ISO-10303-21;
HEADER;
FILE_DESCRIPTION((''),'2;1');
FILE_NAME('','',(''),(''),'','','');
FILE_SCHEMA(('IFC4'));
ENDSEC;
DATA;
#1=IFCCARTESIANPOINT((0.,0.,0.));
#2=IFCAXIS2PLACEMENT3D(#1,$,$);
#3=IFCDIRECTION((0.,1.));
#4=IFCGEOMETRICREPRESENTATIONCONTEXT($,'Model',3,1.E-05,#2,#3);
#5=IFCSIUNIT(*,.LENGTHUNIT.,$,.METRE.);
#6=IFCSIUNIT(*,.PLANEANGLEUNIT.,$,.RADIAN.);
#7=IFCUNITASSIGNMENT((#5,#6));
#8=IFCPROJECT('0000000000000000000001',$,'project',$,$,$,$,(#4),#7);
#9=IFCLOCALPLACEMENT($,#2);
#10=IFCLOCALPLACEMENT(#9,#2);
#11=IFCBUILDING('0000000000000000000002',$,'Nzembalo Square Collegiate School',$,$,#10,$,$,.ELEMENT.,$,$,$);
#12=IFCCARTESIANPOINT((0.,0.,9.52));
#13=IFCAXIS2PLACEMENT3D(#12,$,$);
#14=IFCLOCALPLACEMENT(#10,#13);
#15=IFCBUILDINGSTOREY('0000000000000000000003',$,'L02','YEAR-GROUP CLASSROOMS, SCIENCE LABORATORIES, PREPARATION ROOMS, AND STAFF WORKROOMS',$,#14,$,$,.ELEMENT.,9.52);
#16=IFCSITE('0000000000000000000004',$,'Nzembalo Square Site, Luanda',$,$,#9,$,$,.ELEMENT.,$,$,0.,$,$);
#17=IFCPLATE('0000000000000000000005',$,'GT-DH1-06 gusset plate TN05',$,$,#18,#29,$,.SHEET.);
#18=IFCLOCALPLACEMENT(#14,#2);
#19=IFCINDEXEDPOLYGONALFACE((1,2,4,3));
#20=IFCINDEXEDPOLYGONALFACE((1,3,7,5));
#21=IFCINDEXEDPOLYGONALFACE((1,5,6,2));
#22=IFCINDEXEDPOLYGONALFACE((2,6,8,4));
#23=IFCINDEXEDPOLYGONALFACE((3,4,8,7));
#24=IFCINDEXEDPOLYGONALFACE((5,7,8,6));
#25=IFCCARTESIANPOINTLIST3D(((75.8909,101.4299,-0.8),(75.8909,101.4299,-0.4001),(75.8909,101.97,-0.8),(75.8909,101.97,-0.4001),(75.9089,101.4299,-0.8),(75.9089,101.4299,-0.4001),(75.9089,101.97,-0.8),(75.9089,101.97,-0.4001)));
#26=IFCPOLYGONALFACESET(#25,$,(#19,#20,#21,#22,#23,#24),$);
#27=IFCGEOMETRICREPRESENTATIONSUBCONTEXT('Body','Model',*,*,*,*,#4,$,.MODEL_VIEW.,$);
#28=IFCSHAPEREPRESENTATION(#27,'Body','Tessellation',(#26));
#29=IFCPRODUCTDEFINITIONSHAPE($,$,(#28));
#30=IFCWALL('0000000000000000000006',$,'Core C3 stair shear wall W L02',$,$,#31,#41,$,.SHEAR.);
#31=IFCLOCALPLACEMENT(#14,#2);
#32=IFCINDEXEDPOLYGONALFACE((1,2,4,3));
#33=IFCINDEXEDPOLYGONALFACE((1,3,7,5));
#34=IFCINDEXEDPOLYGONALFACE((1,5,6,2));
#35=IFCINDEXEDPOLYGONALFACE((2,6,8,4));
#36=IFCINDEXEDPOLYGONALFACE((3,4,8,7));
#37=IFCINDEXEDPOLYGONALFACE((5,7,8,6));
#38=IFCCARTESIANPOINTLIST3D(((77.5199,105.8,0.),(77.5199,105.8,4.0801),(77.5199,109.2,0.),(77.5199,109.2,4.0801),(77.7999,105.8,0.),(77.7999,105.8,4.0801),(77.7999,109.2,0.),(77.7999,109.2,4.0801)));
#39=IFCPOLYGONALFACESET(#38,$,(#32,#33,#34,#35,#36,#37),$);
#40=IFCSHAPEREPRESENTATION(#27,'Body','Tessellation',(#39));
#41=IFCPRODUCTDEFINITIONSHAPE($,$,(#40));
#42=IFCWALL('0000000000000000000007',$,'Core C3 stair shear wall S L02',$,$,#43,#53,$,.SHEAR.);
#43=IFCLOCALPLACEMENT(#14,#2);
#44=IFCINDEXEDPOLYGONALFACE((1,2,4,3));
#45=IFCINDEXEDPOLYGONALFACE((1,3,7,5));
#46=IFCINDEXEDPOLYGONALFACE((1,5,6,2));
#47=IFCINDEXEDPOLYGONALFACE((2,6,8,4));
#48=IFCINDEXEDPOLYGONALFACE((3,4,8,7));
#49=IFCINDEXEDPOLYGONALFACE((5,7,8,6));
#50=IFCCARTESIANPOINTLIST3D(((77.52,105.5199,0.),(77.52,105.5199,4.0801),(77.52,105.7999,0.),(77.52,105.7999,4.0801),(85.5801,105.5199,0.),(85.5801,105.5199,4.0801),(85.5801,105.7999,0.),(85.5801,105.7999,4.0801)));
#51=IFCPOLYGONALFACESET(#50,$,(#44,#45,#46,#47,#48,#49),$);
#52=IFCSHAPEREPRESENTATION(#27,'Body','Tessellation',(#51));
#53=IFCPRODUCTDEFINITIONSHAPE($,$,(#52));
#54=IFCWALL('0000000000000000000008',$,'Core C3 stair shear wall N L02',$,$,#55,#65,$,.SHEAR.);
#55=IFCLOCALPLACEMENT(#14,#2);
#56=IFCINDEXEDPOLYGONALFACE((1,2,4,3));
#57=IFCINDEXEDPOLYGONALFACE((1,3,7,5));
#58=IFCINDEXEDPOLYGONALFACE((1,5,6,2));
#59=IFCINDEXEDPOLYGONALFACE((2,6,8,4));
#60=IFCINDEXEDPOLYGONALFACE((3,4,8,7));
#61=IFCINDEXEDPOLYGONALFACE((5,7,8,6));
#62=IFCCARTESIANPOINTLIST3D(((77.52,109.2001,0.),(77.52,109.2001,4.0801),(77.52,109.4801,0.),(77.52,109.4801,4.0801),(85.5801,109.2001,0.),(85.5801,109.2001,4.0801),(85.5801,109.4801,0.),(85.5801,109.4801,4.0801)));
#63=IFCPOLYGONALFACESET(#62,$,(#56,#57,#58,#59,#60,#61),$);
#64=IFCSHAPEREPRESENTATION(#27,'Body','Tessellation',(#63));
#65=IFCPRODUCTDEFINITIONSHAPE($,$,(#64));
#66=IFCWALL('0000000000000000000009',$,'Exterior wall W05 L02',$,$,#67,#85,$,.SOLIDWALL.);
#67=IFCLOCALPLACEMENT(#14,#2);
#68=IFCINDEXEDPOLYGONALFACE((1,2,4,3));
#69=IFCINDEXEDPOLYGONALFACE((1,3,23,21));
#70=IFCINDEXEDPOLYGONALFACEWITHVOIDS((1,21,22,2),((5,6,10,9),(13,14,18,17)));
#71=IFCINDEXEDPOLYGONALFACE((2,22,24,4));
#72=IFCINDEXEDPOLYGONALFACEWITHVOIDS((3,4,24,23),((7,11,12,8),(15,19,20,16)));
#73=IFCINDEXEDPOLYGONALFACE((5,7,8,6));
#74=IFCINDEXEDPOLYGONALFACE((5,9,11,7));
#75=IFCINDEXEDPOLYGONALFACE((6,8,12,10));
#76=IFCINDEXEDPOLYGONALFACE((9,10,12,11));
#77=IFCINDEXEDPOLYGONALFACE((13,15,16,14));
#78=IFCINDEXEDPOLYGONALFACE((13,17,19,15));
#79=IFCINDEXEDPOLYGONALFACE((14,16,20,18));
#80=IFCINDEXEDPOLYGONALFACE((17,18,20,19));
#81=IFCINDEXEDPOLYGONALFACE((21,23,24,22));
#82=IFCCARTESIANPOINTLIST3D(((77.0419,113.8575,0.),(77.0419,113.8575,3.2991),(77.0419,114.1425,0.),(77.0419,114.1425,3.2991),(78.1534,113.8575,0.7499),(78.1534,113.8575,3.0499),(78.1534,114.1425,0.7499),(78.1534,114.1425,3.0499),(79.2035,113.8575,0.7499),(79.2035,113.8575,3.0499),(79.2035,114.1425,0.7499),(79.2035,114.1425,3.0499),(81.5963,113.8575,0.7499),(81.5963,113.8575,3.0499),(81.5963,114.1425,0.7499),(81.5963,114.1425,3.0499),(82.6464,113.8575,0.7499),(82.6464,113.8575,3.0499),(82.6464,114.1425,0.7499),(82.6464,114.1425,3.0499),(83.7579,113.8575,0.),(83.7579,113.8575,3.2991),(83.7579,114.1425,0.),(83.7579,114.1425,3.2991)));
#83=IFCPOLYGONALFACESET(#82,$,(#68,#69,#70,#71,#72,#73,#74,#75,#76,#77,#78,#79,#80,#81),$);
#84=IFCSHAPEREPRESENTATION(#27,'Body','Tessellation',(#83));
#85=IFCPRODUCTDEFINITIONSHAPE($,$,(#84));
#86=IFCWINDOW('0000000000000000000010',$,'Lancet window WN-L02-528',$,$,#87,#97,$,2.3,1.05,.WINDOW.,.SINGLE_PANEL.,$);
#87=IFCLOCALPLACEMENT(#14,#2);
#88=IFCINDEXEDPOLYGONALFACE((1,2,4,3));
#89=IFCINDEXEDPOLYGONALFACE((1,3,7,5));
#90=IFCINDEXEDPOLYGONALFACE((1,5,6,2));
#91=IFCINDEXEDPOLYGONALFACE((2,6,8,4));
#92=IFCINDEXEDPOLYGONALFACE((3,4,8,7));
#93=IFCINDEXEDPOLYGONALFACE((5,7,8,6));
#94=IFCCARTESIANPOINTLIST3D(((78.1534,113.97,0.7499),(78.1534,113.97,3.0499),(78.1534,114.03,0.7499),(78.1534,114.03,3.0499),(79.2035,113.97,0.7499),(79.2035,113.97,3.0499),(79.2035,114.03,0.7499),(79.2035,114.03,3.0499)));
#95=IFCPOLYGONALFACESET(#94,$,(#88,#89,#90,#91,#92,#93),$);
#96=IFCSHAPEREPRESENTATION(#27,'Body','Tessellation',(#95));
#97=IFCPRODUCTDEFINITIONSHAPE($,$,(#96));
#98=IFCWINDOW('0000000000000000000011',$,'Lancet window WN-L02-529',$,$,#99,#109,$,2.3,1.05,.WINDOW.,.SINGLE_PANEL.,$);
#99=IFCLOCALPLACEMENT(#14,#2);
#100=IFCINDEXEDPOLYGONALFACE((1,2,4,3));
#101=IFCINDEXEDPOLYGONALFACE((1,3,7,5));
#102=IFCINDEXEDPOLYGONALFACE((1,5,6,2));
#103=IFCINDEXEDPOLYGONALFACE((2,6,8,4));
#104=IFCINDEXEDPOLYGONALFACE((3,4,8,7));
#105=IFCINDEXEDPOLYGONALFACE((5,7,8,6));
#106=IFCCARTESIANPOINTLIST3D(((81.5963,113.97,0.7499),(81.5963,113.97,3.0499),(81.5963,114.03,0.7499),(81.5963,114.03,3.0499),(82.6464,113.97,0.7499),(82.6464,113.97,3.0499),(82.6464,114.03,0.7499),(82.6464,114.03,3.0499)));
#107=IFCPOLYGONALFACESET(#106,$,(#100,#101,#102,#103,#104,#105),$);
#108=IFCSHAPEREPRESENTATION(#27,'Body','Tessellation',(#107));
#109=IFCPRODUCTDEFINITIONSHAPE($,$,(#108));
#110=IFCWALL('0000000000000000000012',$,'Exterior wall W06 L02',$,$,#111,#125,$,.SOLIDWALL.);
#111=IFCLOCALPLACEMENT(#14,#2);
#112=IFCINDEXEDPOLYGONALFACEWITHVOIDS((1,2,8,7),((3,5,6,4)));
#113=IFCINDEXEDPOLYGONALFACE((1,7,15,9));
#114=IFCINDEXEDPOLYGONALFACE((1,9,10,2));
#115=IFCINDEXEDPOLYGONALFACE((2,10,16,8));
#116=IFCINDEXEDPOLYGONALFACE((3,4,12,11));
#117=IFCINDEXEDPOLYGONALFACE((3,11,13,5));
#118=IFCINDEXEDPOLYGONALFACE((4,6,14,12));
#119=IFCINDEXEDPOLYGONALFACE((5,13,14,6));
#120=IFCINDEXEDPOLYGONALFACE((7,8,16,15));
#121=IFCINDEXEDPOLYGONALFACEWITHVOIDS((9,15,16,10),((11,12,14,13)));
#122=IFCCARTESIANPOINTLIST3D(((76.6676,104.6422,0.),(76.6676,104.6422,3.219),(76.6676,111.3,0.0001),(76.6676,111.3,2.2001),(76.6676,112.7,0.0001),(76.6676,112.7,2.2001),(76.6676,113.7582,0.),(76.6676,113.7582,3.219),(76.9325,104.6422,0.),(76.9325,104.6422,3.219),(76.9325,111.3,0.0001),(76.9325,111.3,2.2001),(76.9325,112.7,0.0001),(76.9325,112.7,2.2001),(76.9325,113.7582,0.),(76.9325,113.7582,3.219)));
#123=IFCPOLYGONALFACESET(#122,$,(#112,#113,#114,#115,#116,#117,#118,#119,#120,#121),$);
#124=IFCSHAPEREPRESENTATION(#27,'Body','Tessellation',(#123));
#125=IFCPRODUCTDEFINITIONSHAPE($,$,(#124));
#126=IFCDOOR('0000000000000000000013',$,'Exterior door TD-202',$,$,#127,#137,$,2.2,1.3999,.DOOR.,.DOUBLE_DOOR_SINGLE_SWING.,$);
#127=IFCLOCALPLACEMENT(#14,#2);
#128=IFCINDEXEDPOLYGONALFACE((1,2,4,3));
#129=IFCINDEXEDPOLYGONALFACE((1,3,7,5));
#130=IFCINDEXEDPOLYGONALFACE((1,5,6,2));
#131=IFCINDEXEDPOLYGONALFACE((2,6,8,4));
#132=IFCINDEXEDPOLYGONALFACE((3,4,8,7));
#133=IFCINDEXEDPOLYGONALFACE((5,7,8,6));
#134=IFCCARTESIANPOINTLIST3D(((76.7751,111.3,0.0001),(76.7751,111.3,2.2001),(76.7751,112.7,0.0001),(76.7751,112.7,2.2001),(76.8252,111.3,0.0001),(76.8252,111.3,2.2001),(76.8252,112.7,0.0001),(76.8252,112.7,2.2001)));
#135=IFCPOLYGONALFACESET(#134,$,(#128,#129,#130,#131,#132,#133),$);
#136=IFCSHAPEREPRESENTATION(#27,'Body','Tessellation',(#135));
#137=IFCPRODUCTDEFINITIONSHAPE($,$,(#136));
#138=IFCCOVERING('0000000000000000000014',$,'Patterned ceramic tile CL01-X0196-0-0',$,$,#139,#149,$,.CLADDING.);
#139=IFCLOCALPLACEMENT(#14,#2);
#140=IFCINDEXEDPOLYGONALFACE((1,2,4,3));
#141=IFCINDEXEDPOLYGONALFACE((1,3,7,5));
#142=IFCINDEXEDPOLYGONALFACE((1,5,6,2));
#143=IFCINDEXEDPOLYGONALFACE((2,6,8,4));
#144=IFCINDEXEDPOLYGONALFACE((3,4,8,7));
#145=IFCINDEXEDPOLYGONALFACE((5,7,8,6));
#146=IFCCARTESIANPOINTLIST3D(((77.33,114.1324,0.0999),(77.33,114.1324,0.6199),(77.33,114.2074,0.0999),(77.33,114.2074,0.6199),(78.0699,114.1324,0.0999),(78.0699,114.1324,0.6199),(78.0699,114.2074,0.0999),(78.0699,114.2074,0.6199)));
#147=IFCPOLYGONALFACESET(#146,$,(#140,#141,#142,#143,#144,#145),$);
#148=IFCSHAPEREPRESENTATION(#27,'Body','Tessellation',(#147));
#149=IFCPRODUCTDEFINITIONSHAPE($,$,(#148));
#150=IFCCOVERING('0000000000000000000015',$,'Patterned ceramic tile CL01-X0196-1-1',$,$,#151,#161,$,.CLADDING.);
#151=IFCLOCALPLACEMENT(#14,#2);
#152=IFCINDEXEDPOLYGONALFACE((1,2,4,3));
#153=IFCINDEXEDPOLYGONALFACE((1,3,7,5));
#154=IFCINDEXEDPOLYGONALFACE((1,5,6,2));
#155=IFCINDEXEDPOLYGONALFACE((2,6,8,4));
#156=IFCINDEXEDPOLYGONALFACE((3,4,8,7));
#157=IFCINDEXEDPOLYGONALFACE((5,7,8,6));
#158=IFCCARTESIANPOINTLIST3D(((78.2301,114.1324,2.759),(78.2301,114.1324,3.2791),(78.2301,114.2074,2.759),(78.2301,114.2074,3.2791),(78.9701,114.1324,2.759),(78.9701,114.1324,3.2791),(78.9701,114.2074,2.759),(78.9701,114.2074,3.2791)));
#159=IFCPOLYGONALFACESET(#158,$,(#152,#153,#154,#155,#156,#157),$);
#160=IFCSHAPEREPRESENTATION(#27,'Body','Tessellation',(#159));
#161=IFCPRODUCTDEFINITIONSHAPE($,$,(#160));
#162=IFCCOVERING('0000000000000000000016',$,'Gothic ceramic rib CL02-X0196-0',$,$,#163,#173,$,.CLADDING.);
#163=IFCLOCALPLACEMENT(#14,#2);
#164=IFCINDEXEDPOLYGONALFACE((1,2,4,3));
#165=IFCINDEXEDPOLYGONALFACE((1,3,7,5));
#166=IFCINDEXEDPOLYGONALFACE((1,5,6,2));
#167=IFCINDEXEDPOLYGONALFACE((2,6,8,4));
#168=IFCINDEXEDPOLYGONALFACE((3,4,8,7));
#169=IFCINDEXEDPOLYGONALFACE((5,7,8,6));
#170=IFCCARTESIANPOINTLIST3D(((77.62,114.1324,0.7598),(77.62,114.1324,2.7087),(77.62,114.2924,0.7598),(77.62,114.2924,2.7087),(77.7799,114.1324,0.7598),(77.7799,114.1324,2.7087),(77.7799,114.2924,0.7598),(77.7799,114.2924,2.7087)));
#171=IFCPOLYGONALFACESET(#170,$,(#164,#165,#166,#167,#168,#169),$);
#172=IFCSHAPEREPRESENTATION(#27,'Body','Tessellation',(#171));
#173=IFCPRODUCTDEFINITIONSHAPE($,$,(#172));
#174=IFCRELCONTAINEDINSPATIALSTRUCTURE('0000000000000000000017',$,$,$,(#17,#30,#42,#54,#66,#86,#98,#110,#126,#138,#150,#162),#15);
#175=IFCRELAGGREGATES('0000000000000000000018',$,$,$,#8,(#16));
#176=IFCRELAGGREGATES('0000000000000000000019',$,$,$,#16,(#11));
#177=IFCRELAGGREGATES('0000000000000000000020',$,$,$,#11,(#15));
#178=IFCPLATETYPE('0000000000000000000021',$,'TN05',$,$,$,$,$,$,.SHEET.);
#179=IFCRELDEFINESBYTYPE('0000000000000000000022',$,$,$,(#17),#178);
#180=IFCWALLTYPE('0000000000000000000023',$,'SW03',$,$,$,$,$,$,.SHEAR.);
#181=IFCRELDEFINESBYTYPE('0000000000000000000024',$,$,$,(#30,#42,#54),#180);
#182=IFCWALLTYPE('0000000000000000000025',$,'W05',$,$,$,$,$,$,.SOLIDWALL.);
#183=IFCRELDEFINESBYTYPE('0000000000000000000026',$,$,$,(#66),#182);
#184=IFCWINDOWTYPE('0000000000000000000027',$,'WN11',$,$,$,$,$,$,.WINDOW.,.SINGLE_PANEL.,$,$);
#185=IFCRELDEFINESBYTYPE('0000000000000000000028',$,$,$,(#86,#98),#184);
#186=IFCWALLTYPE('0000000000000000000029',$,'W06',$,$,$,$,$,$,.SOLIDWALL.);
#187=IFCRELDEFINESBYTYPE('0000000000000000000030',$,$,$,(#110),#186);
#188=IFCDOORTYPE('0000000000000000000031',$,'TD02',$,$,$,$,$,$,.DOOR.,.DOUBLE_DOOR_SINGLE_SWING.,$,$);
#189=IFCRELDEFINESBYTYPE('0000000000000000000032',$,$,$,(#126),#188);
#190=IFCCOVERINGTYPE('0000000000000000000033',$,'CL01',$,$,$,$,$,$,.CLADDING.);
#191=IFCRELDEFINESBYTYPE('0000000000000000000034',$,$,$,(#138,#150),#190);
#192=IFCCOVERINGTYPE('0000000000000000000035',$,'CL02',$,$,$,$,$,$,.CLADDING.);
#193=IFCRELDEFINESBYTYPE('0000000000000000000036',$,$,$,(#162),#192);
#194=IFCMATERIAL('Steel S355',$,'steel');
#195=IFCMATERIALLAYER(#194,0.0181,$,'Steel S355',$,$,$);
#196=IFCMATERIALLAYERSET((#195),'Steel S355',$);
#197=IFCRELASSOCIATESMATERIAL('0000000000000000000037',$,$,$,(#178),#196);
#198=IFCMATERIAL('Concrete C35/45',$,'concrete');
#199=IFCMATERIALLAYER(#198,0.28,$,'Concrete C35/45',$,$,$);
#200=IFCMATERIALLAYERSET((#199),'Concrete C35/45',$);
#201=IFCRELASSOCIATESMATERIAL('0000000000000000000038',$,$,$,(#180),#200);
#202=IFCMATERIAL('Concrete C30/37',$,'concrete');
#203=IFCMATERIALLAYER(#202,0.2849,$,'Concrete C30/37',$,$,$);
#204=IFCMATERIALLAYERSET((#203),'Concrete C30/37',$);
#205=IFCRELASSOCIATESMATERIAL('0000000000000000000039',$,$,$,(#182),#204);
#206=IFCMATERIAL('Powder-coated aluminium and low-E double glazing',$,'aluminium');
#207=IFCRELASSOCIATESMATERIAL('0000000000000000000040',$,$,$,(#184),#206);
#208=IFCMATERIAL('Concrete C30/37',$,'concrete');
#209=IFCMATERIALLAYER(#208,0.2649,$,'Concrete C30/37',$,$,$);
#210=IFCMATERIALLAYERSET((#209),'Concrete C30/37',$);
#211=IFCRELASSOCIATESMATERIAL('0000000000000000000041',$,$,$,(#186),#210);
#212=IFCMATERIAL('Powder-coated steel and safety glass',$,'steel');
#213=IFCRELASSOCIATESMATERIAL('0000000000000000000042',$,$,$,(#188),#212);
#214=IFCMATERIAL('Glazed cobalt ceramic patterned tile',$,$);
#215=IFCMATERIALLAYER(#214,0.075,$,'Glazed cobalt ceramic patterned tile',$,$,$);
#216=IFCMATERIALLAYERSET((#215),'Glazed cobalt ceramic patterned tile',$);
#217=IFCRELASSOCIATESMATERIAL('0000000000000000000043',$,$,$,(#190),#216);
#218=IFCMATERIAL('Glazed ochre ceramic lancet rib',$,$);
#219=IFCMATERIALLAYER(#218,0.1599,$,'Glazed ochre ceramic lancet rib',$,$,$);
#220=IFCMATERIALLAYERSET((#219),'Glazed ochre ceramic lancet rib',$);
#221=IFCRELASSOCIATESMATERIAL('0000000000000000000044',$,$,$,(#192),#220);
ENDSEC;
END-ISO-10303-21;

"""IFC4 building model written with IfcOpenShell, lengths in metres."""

from ifc_helpers import new_model, si_unit, direction, frame, frame_2d, origin, origin_2d, place, context, subcontext, project, spatial, rectangle, extrude, material, layer, layer_set, type_object, element, fill, save


model = new_model("IFC4")

# Units and contexts
model_context = context("Model", 3, precision=1e-05, world=origin(), true_north=direction((0.0, 1.0)))
body_context = subcontext(model_context, "Body", "Model", "MODEL_VIEW")
ifc_project = project(units=[si_unit("LENGTHUNIT", "METRE"), si_unit("PLANEANGLEUNIT", "RADIAN")], contexts=[model_context])

# Site, building, storey
site_placement = place(None, origin())
site = spatial("IfcSite", under=ifc_project, at=site_placement, Name="Nzembalo Square Site, Luanda", CompositionType="ELEMENT", RefElevation=0.0)
building_placement = place(site_placement, origin())
building = spatial("IfcBuilding", under=site, at=building_placement, Name="Nzembalo Square Collegiate School", CompositionType="ELEMENT")
storey_placement = place(building_placement, frame((0.0, 0.0, 9.52)))
storey = spatial("IfcBuildingStorey", under=building, at=storey_placement, Name="L02", Description="YEAR-GROUP CLASSROOMS, SCIENCE LABORATORIES, PREPARATION ROOMS, AND STAFF WORKROOMS", CompositionType="ELEMENT", Elevation=9.52)

# Plate
ifc_material_1 = material(Name="Steel S355", Category="steel")
ifc_layer_1 = layer(ifc_material_1, 0.0181, Name="Steel S355")
ifc_layer_set_1 = layer_set([ifc_layer_1], Name="Steel S355")
plate_type_1 = type_object("IfcPlateType", Name="TN05", PredefinedType="SHEET", material=ifc_layer_set_1)
plate_1_placement = place(storey_placement, frame((75.8999, 101.7, -0.8), z_axis=(0.0, 0.0, 1.0), x_axis=(0.0, 1.0, 0.0)))
element("IfcPlate", 1, at=plate_1_placement, inside=storey, type_object=plate_type_1, Name="GT-DH1-06 gusset plate TN05", PredefinedType="SHEET", context=body_context, shape_type="SweptSolid", body=[
    extrude(rectangle(XDim=0.54, YDim=0.0181, at=origin_2d()), origin(), (0.0, 0.0, 1.0), 0.3999),
])

# Walls
ifc_material_2 = material(Name="Concrete C35/45", Category="concrete")
ifc_layer_2 = layer(ifc_material_2, 0.28, Name="Concrete C35/45")
ifc_layer_set_2 = layer_set([ifc_layer_2], Name="Concrete C35/45")
wall_type_1 = type_object("IfcWallType", Name="SW03", PredefinedType="SHEAR", material=ifc_layer_set_2)
wall_1_placement = place(storey_placement, frame((77.6599, 105.8, 0.0), z_axis=(0.0, 0.0, 1.0), x_axis=(0.0, 1.0, 0.0)))
element("IfcWall", 2, at=wall_1_placement, inside=storey, type_object=wall_type_1, Name="Core C3 stair shear wall W L02", PredefinedType="SHEAR", context=body_context, shape_type="SweptSolid", body=[
    extrude(rectangle(XDim=3.3999, YDim=0.28, at=frame_2d((1.7, 0.0))), origin(), (0.0, 0.0, 1.0), 4.0801),
])
for number, where, z_axis, x_axis, name in (
    (3, (77.52, 105.6599, 0.0), (0.0, 0.0, 1.0), (1.0, 0.0, 0.0), "Core C3 stair shear wall S L02"),
    (4, (77.52, 109.3401, 0.0), (0.0, 0.0, 1.0), (1.0, 0.0, 0.0), "Core C3 stair shear wall N L02"),
):
    element("IfcWall", number, at=place(storey_placement, frame(where, z_axis=z_axis, x_axis=x_axis)), inside=storey, type_object=wall_type_1, Name=name, PredefinedType="SHEAR", context=body_context, shape_type="SweptSolid", body=[
        extrude(rectangle(XDim=8.0601, YDim=0.28, at=frame_2d((4.03, 0.0))), origin(), (0.0, 0.0, 1.0), 4.0801),
    ])

# Wall, openings, windows
ifc_material_3 = material(Name="Concrete C30/37", Category="concrete")
ifc_layer_3 = layer(ifc_material_3, 0.2849, Name="Concrete C30/37")
ifc_layer_set_3 = layer_set([ifc_layer_3], Name="Concrete C30/37")
wall_type_2 = type_object("IfcWallType", Name="W05", PredefinedType="SOLIDWALL", material=ifc_layer_set_3)
wall_2_placement = place(storey_placement, frame((77.042, 114.0, 0.0), z_axis=(0.0, 0.0, 1.0), x_axis=(1.0, 0.0, 0.0)))
wall_2 = element("IfcWall", 5, at=wall_2_placement, inside=storey, type_object=wall_type_2, Name="Exterior wall W05 L02", PredefinedType="SOLIDWALL", context=body_context, shape_type="SweptSolid", body=[
    extrude(rectangle(XDim=6.7161, YDim=0.2849, at=frame_2d((3.3579, 0.0))), origin(), (0.0, 0.0, 1.0), 3.2991),
])
opening_1_placement = place(wall_2_placement, frame((1.1116, 0.0, 0.75)))
opening_1 = element("IfcOpeningElement", 6, at=opening_1_placement, cuts=wall_2, PredefinedType="OPENING", context=body_context, shape_type="SweptSolid", body=[
    extrude(rectangle(XDim=1.05, YDim=2.3, at=frame_2d((0.5249, 1.1499))), frame((0.0, 0.1523, 0.0), z_axis=(0.0, -1.0, 0.0), x_axis=(1.0, 0.0, 0.0)), (0.0, 0.0, 1.0), 0.3049),
])
opening_2_placement = place(wall_2_placement, frame((4.5544, 0.0, 0.75)))
opening_2 = element("IfcOpeningElement", 7, at=opening_2_placement, cuts=wall_2, PredefinedType="OPENING", context=body_context, shape_type="SweptSolid", body=[
    extrude(rectangle(XDim=1.05, YDim=2.3, at=frame_2d((0.5249, 1.1499))), frame((0.0, 0.1523, 0.0), z_axis=(0.0, -1.0, 0.0), x_axis=(1.0, 0.0, 0.0)), (0.0, 0.0, 1.0), 0.3049),
])
ifc_material_4 = material(Name="Powder-coated aluminium and low-E double glazing", Category="aluminium")
window_type = type_object("IfcWindowType", Name="WN11", PartitioningType="SINGLE_PANEL", PredefinedType="WINDOW", material=ifc_material_4)
window_1_placement = place(opening_1_placement, origin())
window_1 = element("IfcWindow", 8, at=window_1_placement, inside=storey, type_object=window_type, Name="Lancet window WN-L02-528", OverallHeight=2.3, OverallWidth=1.05, PartitioningType="SINGLE_PANEL", PredefinedType="WINDOW", context=body_context, shape_type="SweptSolid", body=[
    extrude(rectangle(XDim=1.05, YDim=2.3, at=frame_2d((0.5249, 1.1499))), frame((0.0, 0.03, 0.0), z_axis=(0.0, -1.0, 0.0), x_axis=(1.0, 0.0, 0.0)), (0.0, 0.0, 1.0), 0.0601),
])
fill(opening_1, window_1)
window_2_placement = place(opening_2_placement, origin())
window_2 = element("IfcWindow", 9, at=window_2_placement, inside=storey, type_object=window_type, Name="Lancet window WN-L02-529", OverallHeight=2.3, OverallWidth=1.05, PartitioningType="SINGLE_PANEL", PredefinedType="WINDOW", context=body_context, shape_type="SweptSolid", body=[
    extrude(rectangle(XDim=1.05, YDim=2.3, at=frame_2d((0.5249, 1.1499))), frame((0.0, 0.03, 0.0), z_axis=(0.0, -1.0, 0.0), x_axis=(1.0, 0.0, 0.0)), (0.0, 0.0, 1.0), 0.0601),
])
fill(opening_2, window_2)

# Wall, opening, door
ifc_material_5 = material(Name="Concrete C30/37", Category="concrete")
ifc_layer_4 = layer(ifc_material_5, 0.2649, Name="Concrete C30/37")
ifc_layer_set_4 = layer_set([ifc_layer_4], Name="Concrete C30/37")
wall_type_3 = type_object("IfcWallType", Name="W06", PredefinedType="SOLIDWALL", material=ifc_layer_set_4)
wall_3_placement = place(storey_placement, frame((76.8, 104.6421, 0.0), z_axis=(0.0, 0.0, 1.0), x_axis=(0.0, 1.0, 0.0)))
wall_3 = element("IfcWall", 10, at=wall_3_placement, inside=storey, type_object=wall_type_3, Name="Exterior wall W06 L02", PredefinedType="SOLIDWALL", context=body_context, shape_type="SweptSolid", body=[
    extrude(rectangle(XDim=9.116, YDim=0.2649, at=frame_2d((4.5581, 0.0))), origin(), (0.0, 0.0, 1.0), 3.219),
])
opening_3_placement = place(wall_3_placement, frame((6.658, 0.0, 0.0)))
opening_3 = element("IfcOpeningElement", 11, at=opening_3_placement, cuts=wall_3, PredefinedType="OPENING", context=body_context, shape_type="SweptSolid", body=[
    extrude(rectangle(XDim=1.3999, YDim=2.2, at=frame_2d((0.7, 1.1001))), frame((0.0, 0.1426, 0.0), z_axis=(0.0, -1.0, 0.0), x_axis=(1.0, 0.0, 0.0)), (0.0, 0.0, 1.0), 0.2849),
])
ifc_material_6 = material(Name="Powder-coated steel and safety glass", Category="steel")
door_type = type_object("IfcDoorType", Name="TD02", OperationType="DOUBLE_DOOR_SINGLE_SWING", PredefinedType="DOOR", material=ifc_material_6)
door_placement = place(opening_3_placement, origin())
door = element("IfcDoor", 12, at=door_placement, inside=storey, type_object=door_type, Name="Exterior door TD-202", OperationType="DOUBLE_DOOR_SINGLE_SWING", OverallHeight=2.2, OverallWidth=1.3999, PredefinedType="DOOR", context=body_context, shape_type="SweptSolid", body=[
    extrude(rectangle(XDim=1.3999, YDim=2.2, at=frame_2d((0.7, 1.1001))), frame((0.0, 0.0249, 0.0), z_axis=(0.0, -1.0, 0.0), x_axis=(1.0, 0.0, 0.0)), (0.0, 0.0, 1.0), 0.05),
])
fill(opening_3, door)

# Coverings
ifc_material_7 = material(Name="Glazed cobalt ceramic patterned tile")
ifc_layer_5 = layer(ifc_material_7, 0.075, Name="Glazed cobalt ceramic patterned tile")
ifc_layer_set_5 = layer_set([ifc_layer_5], Name="Glazed cobalt ceramic patterned tile")
covering_type_1 = type_object("IfcCoveringType", Name="CL01", PredefinedType="CLADDING", material=ifc_layer_set_5)
for number, where, z_axis, x_axis, name in (
    (13, (77.7, 114.1699, 0.0999), (0.0, 0.0, 1.0), (1.0, 0.0, 0.0), "Patterned ceramic tile CL01-X0196-0-0"),
    (14, (78.6001, 114.1699, 2.759), (0.0, 0.0, 1.0), (1.0, 0.0, 0.0), "Patterned ceramic tile CL01-X0196-1-1"),
):
    element("IfcCovering", number, at=place(storey_placement, frame(where, z_axis=z_axis, x_axis=x_axis)), inside=storey, type_object=covering_type_1, Name=name, PredefinedType="CLADDING", context=body_context, shape_type="SweptSolid", body=[
        extrude(rectangle(XDim=0.74, YDim=0.075, at=origin_2d()), origin(), (0.0, 0.0, 1.0), 0.52),
    ])
ifc_material_8 = material(Name="Glazed ochre ceramic lancet rib")
ifc_layer_6 = layer(ifc_material_8, 0.1599, Name="Glazed ochre ceramic lancet rib")
ifc_layer_set_6 = layer_set([ifc_layer_6], Name="Glazed ochre ceramic lancet rib")
covering_type_2 = type_object("IfcCoveringType", Name="CL02", PredefinedType="CLADDING", material=ifc_layer_set_6)
covering_1_placement = place(storey_placement, frame((77.7, 114.2124, 0.7598), z_axis=(0.0, 0.0, 1.0), x_axis=(1.0, 0.0, 0.0)))
element("IfcCovering", 15, at=covering_1_placement, inside=storey, type_object=covering_type_2, Name="Gothic ceramic rib CL02-X0196-0", PredefinedType="CLADDING", context=body_context, shape_type="SweptSolid", body=[
    extrude(rectangle(XDim=0.1599, YDim=0.1599, at=origin_2d()), origin(), (0.0, 0.0, 1.0), 1.949),
])

save(model, "model.ifc")
